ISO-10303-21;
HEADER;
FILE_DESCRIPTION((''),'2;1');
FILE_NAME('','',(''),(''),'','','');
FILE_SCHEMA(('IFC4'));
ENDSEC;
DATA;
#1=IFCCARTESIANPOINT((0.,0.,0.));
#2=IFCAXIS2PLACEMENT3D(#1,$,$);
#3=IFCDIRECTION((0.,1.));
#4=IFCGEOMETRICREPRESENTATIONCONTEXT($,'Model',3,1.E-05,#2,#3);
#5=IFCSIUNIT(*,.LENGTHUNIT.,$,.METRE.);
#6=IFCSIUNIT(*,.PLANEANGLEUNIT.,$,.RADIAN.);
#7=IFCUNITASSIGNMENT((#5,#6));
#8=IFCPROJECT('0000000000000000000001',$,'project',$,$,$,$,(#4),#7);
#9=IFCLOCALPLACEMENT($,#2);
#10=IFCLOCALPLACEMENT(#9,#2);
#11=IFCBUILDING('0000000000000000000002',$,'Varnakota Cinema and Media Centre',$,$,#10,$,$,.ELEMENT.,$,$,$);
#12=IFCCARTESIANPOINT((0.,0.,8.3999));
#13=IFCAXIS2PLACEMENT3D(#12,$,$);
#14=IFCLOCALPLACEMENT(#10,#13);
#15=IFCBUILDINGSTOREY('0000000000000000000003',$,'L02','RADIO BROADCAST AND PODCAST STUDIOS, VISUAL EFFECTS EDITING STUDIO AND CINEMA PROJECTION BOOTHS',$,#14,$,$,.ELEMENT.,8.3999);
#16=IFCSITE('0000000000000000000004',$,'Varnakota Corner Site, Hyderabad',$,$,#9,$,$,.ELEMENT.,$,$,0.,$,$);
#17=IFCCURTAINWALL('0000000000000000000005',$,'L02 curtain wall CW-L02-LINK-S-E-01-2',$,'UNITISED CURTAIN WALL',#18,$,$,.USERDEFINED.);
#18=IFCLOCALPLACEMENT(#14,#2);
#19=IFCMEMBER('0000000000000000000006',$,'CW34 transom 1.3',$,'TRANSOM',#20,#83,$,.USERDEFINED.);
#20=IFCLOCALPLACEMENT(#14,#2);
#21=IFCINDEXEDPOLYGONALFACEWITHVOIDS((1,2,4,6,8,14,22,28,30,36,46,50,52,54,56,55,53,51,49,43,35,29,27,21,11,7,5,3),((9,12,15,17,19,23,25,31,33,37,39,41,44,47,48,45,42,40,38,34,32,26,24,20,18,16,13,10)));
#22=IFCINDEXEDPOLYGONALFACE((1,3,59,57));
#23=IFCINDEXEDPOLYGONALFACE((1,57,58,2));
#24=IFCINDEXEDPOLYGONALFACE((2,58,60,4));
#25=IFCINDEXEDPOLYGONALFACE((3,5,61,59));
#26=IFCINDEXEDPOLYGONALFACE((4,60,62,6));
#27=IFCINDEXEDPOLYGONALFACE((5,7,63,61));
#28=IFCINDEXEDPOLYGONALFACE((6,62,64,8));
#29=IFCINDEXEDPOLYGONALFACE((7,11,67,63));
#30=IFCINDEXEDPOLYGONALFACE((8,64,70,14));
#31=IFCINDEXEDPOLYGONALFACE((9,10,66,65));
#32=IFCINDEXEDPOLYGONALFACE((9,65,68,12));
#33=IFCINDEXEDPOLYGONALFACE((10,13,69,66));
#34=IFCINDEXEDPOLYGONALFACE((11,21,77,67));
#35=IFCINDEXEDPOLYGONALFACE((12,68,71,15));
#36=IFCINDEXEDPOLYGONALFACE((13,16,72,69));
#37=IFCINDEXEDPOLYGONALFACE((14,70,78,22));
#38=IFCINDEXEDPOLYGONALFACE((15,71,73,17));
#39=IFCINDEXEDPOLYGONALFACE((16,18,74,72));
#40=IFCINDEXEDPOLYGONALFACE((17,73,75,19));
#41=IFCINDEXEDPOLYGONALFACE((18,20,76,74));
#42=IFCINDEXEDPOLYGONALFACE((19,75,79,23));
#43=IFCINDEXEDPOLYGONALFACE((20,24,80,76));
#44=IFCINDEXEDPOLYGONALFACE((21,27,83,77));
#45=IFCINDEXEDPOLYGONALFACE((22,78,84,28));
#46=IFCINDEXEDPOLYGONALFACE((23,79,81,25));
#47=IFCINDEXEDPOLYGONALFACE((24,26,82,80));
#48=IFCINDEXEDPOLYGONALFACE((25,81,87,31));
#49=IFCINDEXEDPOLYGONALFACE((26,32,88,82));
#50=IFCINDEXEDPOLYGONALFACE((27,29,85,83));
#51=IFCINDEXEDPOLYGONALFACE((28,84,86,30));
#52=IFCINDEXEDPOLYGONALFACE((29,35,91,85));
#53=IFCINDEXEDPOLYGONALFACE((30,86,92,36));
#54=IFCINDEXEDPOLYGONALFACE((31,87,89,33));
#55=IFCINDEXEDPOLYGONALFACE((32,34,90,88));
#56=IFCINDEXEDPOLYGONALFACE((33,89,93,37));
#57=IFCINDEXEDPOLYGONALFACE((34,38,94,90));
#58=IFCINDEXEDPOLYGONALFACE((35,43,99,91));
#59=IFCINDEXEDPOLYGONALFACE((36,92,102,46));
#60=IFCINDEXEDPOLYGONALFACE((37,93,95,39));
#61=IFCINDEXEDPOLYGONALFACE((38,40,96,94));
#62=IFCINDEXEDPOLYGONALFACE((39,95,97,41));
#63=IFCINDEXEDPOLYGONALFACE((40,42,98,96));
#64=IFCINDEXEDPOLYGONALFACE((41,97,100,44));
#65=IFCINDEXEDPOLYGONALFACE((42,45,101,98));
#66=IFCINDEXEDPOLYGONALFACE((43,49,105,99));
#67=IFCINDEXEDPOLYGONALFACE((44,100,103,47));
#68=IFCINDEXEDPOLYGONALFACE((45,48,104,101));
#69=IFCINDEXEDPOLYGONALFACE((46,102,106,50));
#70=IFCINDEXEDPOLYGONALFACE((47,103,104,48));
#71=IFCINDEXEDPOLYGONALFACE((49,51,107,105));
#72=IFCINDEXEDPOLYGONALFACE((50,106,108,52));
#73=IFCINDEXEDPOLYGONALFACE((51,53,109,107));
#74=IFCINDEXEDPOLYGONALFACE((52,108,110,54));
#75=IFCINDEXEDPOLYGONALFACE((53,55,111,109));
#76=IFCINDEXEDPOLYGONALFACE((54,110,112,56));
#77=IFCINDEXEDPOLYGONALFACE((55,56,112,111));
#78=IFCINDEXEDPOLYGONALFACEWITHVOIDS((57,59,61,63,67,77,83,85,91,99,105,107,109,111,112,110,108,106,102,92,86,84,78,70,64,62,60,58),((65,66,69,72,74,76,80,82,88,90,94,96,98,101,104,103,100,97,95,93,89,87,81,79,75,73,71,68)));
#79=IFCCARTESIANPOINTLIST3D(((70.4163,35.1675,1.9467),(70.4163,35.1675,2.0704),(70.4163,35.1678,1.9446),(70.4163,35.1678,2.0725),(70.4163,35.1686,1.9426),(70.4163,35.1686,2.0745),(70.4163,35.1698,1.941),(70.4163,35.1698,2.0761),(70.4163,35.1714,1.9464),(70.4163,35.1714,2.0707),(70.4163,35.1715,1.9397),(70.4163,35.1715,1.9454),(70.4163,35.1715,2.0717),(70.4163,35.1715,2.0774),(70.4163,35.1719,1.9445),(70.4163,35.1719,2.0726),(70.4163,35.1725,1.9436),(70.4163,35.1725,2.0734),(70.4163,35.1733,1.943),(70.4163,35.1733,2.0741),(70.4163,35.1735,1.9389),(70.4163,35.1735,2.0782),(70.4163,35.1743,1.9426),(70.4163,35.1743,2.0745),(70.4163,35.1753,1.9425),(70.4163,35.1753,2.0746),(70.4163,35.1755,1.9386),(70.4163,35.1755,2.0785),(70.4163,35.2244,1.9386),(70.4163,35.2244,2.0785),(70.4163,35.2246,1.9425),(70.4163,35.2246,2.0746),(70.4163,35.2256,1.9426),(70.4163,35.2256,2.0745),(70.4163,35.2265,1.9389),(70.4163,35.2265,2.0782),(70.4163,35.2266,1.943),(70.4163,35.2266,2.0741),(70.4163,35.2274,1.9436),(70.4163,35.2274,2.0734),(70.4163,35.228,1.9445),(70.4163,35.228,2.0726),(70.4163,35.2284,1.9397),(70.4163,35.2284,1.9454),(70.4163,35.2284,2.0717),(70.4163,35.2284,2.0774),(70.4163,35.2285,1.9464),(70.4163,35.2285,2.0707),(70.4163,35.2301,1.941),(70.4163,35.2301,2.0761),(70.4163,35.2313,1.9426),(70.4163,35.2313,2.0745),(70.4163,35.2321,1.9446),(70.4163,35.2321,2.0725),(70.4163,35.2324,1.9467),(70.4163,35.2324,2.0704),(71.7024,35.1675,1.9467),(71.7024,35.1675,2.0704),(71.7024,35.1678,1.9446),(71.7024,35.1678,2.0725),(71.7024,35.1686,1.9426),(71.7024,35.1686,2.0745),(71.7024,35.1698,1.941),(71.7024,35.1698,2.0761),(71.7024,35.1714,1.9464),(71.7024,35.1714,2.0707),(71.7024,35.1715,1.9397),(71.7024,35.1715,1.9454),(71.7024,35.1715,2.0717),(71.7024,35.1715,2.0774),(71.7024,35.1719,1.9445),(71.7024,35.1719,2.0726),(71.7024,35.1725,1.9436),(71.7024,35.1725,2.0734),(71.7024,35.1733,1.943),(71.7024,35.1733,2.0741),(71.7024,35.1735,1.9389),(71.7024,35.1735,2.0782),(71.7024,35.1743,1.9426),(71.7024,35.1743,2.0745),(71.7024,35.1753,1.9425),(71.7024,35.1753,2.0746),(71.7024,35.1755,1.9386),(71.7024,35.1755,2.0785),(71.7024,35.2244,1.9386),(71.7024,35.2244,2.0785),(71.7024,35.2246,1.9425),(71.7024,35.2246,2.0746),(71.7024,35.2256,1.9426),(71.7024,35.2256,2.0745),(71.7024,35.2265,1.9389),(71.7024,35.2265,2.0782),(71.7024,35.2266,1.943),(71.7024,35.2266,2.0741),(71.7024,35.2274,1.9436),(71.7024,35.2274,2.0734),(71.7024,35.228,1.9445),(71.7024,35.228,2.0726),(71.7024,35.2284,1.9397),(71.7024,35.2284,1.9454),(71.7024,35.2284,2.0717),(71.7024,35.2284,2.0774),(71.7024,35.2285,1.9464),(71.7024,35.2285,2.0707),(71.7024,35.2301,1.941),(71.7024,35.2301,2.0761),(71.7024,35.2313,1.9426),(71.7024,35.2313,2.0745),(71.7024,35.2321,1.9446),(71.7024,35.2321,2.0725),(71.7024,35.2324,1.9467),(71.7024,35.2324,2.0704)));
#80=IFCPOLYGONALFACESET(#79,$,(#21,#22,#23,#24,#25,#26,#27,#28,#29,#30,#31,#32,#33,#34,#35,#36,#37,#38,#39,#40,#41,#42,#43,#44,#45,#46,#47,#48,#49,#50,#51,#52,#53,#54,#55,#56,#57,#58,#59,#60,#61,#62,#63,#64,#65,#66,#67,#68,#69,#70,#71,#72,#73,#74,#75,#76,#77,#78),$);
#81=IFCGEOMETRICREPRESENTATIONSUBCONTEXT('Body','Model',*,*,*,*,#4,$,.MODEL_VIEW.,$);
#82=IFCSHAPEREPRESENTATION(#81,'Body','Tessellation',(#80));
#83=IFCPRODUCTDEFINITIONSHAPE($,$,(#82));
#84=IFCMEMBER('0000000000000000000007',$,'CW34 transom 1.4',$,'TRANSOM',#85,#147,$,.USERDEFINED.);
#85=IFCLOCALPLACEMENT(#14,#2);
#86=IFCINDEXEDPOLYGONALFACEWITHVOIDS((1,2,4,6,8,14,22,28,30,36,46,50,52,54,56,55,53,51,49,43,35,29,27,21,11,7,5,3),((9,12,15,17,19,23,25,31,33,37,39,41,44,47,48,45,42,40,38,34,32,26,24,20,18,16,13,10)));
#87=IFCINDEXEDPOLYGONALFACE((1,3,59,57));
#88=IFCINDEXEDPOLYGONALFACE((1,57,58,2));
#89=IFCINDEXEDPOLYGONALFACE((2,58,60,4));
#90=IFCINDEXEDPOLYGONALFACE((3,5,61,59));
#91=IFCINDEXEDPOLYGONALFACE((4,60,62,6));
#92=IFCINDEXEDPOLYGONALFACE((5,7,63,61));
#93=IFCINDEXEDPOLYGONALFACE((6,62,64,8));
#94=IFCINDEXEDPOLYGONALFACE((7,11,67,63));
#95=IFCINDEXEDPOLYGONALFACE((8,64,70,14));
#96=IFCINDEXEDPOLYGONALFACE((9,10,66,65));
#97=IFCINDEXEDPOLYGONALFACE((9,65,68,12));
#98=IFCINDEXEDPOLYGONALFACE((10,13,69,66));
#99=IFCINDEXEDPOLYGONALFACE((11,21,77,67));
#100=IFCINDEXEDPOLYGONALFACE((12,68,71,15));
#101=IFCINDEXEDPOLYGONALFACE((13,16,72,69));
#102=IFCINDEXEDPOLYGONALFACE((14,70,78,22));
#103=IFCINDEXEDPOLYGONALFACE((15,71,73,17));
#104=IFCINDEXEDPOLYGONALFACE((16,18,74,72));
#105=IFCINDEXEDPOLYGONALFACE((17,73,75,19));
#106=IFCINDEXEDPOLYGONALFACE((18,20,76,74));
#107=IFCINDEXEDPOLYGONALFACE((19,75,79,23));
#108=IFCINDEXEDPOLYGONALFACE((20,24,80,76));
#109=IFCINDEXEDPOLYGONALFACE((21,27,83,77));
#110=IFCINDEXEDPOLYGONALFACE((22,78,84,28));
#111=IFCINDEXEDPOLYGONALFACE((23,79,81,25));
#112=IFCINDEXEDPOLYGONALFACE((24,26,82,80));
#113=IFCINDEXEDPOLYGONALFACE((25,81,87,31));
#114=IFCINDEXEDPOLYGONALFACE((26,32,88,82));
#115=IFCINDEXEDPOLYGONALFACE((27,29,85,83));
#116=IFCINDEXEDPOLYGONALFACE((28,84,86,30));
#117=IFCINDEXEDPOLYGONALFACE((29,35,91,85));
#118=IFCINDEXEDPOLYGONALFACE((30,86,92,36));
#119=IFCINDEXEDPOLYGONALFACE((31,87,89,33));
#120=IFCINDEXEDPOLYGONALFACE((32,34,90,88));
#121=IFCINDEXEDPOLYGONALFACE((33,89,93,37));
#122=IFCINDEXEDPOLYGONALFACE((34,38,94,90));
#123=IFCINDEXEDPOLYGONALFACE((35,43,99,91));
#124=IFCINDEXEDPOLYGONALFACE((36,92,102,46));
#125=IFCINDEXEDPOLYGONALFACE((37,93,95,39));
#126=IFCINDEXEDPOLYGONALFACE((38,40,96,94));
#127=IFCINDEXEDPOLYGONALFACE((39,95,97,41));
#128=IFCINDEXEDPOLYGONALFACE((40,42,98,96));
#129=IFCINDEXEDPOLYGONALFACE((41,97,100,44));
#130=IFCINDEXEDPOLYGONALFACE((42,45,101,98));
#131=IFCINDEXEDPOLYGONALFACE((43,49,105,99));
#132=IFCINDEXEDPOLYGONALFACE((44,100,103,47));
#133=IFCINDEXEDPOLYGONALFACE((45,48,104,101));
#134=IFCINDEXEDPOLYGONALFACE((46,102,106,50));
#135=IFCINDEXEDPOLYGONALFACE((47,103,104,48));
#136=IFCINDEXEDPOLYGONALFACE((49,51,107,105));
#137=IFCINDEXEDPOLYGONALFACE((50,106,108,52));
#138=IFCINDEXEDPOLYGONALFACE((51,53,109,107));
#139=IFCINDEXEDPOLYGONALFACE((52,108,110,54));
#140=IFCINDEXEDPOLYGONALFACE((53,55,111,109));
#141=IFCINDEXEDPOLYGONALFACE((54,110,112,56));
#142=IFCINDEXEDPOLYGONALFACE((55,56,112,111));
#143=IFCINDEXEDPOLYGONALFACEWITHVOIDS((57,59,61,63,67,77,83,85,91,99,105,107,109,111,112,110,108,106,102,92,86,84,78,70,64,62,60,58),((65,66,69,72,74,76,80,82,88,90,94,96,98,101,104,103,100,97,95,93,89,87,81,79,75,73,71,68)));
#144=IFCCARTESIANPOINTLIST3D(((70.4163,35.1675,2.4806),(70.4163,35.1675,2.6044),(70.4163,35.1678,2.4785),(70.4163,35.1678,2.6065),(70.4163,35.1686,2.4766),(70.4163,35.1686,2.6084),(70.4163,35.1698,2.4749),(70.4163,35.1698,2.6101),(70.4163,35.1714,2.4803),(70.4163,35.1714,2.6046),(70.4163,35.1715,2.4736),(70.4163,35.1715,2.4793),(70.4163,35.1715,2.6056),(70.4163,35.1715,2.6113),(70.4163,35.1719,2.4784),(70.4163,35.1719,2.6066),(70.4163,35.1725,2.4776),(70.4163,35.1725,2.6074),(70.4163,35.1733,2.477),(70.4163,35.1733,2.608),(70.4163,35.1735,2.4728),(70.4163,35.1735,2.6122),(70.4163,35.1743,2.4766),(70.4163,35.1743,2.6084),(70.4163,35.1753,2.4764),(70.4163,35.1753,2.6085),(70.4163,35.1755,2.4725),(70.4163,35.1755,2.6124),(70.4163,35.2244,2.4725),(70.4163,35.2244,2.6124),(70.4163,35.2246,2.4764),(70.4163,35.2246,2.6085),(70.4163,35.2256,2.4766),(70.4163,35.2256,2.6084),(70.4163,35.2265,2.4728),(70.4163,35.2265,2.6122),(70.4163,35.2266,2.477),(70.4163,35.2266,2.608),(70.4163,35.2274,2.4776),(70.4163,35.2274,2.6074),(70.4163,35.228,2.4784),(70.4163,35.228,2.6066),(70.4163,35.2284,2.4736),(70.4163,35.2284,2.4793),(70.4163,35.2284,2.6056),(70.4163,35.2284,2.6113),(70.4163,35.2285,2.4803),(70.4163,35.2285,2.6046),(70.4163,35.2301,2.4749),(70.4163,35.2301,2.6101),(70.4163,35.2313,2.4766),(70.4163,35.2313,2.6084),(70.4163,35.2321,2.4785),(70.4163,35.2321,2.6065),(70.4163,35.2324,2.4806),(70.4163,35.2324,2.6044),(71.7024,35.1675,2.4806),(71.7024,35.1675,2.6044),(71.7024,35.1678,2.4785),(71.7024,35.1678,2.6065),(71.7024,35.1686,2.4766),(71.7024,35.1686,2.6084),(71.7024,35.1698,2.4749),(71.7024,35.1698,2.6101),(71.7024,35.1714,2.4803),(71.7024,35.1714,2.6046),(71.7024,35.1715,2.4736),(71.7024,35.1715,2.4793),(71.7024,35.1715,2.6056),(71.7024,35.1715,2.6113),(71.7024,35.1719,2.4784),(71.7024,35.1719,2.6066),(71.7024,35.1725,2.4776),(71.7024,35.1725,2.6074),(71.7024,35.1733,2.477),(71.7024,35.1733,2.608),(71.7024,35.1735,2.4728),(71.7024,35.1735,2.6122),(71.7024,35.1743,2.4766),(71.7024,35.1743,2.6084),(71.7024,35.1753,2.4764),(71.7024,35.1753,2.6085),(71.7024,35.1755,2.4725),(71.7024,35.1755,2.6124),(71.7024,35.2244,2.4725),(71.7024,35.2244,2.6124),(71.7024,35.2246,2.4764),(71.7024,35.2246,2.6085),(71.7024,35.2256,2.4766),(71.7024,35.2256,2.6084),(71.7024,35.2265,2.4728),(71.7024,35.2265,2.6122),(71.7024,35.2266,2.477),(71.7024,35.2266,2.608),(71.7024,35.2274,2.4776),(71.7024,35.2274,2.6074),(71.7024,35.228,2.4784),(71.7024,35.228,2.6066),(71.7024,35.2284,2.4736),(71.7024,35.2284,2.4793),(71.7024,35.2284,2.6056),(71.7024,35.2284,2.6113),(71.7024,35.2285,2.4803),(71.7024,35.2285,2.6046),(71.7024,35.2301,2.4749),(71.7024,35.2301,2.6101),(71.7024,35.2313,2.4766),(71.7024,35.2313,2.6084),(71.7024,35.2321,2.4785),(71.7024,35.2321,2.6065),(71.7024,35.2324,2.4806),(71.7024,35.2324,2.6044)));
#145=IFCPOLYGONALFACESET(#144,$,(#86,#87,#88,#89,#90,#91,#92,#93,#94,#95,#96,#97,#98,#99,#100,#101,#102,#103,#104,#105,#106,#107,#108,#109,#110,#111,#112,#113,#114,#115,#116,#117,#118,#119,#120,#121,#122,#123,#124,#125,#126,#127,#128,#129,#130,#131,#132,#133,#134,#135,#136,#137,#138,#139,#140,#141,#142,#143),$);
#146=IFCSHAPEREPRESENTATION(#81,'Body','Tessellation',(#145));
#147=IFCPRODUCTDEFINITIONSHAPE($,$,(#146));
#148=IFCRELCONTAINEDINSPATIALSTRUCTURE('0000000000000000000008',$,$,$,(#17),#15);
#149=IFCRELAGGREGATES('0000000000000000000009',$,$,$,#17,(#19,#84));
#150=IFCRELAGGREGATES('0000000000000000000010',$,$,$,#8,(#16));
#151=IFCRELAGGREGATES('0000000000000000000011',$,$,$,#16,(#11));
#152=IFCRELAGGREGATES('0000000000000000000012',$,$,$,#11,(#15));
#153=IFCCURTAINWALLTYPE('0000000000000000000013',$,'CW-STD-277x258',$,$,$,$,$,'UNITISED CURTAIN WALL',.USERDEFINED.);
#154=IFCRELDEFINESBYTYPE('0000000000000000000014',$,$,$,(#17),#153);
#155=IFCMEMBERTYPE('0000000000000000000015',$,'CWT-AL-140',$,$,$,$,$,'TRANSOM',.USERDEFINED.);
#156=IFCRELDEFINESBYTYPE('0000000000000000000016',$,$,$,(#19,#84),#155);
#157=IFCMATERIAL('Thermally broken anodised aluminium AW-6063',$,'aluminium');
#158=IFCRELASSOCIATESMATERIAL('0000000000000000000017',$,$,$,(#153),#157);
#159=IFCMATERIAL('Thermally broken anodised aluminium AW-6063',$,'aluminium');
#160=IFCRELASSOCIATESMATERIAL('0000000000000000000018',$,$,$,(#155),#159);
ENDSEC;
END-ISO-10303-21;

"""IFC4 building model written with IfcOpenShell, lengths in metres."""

from ifc_helpers import new_model, si_unit, direction, frame, origin, origin_2d, place, context, subcontext, project, spatial, hollow_rectangle, extrude, material, material_profile, profile_set, type_object, element, aggregate, save


model = new_model("IFC4")

# Units and contexts
model_context = context("Model", 3, precision=1e-05, world=origin(), true_north=direction((0.0, 1.0)))
body_context = subcontext(model_context, "Body", "Model", "MODEL_VIEW")
ifc_project = project(units=[si_unit("LENGTHUNIT", "METRE"), si_unit("PLANEANGLEUNIT", "RADIAN")], contexts=[model_context])

# Site, building, storey
site_placement = place(None, origin())
site = spatial("IfcSite", under=ifc_project, at=site_placement, Name="Varnakota Corner Site, Hyderabad", CompositionType="ELEMENT", RefElevation=0.0)
building_placement = place(site_placement, origin())
building = spatial("IfcBuilding", under=site, at=building_placement, Name="Varnakota Cinema and Media Centre", CompositionType="ELEMENT")
storey_placement = place(building_placement, frame((0.0, 0.0, 8.3999)))
storey = spatial("IfcBuildingStorey", under=building, at=storey_placement, Name="L02", Description="RADIO BROADCAST AND PODCAST STUDIOS, VISUAL EFFECTS EDITING STUDIO AND CINEMA PROJECTION BOOTHS", CompositionType="ELEMENT", Elevation=8.3999)

# Curtain wall
ifc_material_1 = material(Name="Thermally broken anodised aluminium AW-6063", Category="aluminium")
curtain_wall_type = type_object("IfcCurtainWallType", Name="CW-STD-277x258", ElementType="UNITISED CURTAIN WALL", PredefinedType="USERDEFINED", material=ifc_material_1)
curtain_wall_1_placement = place(storey_placement, origin())
curtain_wall_1 = element("IfcCurtainWall", 1, at=curtain_wall_1_placement, inside=storey, type_object=curtain_wall_type, Name="L02 curtain wall CW-L02-LINK-S-E-01-2", ObjectType="UNITISED CURTAIN WALL", PredefinedType="USERDEFINED")

# Members
ifc_material_2 = material(Name="Thermally broken anodised aluminium AW-6063", Category="aluminium")
ifc_material_profile_1 = material_profile(ifc_material_2, hollow_rectangle(XDim=0.0649, YDim=0.1399, WallThickness=0.0039, InnerFilletRadius=0.0039, OuterFilletRadius=0.0081, at=origin_2d()), Name="AL-TRANSOM 140x65x4")
ifc_profile_set_1 = profile_set([ifc_material_profile_1], Name="Thermally broken anodised aluminium AW-6063")
member_type_1 = type_object("IfcMemberType", Name="CWT-AL-140", ElementType="TRANSOM", PredefinedType="USERDEFINED", material=ifc_profile_set_1)
member_1_placement = place(storey_placement, frame((71.7024, 35.2, 2.0085), z_axis=(-1.0, 0.0, 0.0), x_axis=(0.0, -1.0, 0.0)))
member_1 = element("IfcMember", 2, at=member_1_placement, type_object=member_type_1, Name="CW34 transom 1.3", ObjectType="TRANSOM", PredefinedType="USERDEFINED", context=body_context, shape_type="SweptSolid", body=[
    extrude(hollow_rectangle(XDim=0.0649, YDim=0.1399, WallThickness=0.0039, InnerFilletRadius=0.0039, OuterFilletRadius=0.0081, at=origin_2d()), origin(), (0.0, 0.0, 1.0), 1.2861),
])
member_2_placement = place(storey_placement, frame((71.7024, 35.2, 2.5425), z_axis=(-1.0, 0.0, 0.0), x_axis=(0.0, -1.0, 0.0)))
member_2 = element("IfcMember", 3, at=member_2_placement, type_object=member_type_1, Name="CW34 transom 1.4", ObjectType="TRANSOM", PredefinedType="USERDEFINED", context=body_context, shape_type="SweptSolid", body=[
    extrude(hollow_rectangle(XDim=0.0649, YDim=0.1399, WallThickness=0.0039, InnerFilletRadius=0.0039, OuterFilletRadius=0.0081, at=origin_2d()), origin(), (0.0, 0.0, 1.0), 1.2861),
])

aggregate(curtain_wall_1, [member_1, member_2])

save(model, "model.ifc")
